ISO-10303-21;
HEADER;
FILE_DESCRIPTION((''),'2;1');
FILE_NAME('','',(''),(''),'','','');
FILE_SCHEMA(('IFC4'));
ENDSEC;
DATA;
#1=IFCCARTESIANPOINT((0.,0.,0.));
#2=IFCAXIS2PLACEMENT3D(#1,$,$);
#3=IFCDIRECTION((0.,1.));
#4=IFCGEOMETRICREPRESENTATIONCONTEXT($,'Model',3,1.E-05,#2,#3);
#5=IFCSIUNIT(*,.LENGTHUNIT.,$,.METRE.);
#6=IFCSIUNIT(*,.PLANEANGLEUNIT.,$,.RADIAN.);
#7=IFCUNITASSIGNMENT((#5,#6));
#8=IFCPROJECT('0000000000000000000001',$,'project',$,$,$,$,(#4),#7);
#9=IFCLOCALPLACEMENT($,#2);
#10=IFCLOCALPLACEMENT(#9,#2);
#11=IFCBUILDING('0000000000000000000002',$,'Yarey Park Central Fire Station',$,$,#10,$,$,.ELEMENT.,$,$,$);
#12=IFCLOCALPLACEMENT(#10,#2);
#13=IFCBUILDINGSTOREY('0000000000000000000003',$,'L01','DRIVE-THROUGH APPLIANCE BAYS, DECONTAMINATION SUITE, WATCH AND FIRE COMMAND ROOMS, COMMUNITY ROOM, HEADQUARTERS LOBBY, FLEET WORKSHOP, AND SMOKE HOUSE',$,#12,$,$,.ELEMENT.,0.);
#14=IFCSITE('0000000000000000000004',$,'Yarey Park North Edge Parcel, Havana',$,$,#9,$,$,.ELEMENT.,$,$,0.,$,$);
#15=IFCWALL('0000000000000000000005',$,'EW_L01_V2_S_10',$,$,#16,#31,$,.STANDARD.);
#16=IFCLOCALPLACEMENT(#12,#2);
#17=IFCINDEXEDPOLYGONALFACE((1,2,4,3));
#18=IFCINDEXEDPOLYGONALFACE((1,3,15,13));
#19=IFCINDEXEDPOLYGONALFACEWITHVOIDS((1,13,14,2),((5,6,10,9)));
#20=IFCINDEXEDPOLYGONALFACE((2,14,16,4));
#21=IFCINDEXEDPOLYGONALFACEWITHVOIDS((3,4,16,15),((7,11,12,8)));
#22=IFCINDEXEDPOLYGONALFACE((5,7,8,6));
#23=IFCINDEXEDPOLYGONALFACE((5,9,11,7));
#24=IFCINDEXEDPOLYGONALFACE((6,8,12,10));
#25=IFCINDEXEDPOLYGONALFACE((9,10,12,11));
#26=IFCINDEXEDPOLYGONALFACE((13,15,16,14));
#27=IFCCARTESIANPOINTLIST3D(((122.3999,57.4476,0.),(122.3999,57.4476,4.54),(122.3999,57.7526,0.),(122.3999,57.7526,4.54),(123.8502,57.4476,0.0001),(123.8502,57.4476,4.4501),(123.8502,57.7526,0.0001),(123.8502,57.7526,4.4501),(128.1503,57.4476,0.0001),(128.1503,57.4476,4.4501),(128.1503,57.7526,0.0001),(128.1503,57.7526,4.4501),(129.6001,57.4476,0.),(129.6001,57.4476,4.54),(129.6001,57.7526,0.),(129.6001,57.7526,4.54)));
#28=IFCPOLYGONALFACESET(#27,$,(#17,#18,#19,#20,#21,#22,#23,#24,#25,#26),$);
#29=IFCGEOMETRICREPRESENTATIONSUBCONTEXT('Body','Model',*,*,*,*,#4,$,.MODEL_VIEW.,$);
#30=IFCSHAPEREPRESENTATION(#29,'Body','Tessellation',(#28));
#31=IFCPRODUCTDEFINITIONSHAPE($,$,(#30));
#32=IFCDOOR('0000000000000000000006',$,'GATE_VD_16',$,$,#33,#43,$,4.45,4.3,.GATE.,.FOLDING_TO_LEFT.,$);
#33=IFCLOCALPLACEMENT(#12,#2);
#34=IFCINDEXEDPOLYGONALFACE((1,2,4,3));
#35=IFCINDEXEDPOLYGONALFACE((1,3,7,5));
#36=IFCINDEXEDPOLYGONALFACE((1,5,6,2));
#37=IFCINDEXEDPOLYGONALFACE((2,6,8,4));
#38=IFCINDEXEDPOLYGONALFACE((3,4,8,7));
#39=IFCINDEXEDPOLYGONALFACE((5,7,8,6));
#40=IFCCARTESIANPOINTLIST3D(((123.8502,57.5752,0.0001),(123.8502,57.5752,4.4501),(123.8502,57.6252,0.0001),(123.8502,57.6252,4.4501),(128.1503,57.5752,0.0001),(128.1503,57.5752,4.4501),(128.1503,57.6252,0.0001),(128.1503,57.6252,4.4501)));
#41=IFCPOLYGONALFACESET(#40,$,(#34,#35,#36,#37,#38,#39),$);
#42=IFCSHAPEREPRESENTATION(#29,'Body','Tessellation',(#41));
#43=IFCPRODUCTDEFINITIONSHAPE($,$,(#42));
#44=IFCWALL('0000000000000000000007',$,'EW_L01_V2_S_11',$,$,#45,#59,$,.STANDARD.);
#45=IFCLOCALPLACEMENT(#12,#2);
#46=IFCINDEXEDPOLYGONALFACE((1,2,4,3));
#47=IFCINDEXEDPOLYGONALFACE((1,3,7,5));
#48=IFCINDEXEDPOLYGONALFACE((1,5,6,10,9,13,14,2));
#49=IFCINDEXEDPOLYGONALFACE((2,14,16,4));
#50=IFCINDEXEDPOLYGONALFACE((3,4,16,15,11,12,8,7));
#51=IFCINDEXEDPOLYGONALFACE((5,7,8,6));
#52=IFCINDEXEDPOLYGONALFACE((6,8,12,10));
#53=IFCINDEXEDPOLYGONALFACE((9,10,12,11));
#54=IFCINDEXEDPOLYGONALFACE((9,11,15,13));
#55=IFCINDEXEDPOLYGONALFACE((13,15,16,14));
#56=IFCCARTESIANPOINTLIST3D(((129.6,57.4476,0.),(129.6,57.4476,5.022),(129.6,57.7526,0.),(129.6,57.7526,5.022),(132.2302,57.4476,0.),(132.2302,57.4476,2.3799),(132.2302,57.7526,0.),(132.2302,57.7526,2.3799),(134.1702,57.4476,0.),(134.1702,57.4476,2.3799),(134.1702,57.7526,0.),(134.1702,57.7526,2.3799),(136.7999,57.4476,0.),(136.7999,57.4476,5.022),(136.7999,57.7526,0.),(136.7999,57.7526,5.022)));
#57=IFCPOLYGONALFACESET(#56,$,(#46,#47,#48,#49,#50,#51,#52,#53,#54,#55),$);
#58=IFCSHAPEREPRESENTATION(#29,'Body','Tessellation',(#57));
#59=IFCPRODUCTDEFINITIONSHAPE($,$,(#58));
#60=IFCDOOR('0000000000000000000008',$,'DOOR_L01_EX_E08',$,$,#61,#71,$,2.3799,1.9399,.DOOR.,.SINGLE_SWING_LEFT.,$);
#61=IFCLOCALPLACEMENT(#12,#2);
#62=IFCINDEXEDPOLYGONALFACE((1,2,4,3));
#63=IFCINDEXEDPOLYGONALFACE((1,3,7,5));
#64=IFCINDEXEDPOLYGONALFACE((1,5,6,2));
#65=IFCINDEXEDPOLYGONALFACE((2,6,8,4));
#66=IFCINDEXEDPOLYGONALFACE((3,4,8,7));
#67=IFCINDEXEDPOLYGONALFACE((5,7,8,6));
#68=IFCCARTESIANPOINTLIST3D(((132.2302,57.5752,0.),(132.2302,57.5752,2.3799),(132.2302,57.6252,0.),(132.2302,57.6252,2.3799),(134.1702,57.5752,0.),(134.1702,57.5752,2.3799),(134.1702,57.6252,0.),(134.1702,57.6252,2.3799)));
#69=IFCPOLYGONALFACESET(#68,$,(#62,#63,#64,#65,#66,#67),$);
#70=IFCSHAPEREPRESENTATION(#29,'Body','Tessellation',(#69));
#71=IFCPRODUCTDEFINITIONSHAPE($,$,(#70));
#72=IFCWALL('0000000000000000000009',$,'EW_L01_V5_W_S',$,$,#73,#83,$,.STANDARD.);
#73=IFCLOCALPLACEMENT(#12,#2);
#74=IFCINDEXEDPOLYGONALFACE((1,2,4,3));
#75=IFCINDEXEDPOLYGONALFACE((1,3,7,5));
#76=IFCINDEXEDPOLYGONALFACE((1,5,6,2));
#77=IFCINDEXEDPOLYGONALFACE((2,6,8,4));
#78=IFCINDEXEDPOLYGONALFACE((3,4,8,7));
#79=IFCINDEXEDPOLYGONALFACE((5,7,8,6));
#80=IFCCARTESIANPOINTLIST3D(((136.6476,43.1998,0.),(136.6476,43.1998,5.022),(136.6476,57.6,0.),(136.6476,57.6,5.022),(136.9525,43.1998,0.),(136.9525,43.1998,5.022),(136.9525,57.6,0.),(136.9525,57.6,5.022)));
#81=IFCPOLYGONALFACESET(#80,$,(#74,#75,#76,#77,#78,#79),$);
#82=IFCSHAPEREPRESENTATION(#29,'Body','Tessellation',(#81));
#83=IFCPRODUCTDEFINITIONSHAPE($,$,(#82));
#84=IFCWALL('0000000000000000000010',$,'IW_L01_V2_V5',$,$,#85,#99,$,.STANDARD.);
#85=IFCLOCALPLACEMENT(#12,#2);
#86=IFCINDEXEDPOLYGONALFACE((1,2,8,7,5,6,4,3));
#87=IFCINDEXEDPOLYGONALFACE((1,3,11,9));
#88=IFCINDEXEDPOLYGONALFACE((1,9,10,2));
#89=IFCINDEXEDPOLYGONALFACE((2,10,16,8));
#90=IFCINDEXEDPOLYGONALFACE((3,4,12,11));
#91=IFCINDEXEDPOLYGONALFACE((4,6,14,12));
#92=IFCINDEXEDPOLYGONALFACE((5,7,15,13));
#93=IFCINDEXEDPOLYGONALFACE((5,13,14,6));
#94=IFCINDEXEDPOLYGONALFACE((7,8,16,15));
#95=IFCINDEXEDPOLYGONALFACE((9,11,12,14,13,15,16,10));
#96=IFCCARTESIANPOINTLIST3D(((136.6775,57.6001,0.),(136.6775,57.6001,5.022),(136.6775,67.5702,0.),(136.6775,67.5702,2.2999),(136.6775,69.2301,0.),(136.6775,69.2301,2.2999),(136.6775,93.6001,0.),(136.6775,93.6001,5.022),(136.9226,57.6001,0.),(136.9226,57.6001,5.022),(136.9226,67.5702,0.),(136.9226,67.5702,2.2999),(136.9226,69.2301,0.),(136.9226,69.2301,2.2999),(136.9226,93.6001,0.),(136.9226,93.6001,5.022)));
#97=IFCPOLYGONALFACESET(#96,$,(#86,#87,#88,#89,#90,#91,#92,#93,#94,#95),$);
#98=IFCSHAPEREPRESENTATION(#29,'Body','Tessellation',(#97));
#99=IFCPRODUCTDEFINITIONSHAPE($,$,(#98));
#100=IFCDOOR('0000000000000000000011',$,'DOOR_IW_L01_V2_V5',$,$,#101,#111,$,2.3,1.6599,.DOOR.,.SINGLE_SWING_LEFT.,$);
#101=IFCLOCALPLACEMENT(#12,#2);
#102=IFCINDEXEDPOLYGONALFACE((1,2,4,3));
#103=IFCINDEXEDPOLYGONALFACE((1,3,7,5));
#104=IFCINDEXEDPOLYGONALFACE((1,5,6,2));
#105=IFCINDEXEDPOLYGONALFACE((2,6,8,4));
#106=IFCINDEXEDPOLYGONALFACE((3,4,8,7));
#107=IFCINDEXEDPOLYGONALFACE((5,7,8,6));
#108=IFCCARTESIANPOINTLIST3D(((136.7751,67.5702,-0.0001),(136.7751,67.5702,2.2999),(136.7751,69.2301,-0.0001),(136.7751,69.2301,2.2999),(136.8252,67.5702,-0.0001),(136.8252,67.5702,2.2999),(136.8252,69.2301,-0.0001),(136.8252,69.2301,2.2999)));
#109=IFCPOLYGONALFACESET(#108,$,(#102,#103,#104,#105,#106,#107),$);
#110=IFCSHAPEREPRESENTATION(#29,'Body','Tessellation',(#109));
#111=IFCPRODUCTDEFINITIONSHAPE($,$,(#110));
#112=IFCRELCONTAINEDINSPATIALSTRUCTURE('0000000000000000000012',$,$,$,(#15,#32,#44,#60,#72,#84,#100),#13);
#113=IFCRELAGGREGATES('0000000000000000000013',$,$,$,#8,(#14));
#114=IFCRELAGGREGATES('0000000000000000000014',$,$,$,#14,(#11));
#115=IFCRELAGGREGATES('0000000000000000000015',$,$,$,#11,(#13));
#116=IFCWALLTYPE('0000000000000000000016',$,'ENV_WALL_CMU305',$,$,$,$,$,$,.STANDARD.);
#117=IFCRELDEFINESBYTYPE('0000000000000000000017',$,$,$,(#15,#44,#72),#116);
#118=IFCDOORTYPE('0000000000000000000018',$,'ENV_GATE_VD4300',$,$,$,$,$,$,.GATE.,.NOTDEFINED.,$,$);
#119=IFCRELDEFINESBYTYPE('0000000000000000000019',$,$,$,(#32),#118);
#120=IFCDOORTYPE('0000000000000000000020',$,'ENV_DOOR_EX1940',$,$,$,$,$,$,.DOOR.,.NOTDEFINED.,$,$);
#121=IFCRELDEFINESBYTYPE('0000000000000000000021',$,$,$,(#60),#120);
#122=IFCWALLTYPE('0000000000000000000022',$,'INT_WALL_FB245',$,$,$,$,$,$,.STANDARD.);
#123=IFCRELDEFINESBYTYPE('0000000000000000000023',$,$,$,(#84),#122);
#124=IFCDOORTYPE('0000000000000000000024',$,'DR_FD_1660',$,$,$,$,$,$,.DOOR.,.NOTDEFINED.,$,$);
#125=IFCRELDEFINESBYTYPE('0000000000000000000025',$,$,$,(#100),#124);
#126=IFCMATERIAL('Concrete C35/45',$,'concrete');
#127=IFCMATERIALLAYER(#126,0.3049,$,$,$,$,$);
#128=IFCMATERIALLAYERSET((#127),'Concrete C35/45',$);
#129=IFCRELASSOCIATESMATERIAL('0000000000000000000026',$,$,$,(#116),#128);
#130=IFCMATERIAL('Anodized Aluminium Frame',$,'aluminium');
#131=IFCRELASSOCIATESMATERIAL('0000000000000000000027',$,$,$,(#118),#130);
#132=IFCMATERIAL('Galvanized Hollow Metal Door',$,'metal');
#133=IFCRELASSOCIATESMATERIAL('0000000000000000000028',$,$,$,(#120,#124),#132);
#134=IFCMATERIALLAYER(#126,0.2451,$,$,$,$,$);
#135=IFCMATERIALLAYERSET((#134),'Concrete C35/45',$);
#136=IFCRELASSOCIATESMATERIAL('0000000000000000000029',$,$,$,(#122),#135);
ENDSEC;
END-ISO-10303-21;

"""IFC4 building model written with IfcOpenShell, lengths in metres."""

from ifc_helpers import new_model, si_unit, direction, frame, frame_2d, origin, place, context, subcontext, project, spatial, rectangle, extrude, material, layer, layer_set, type_object, element, fill, save


model = new_model("IFC4")

# Units and contexts
model_context = context("Model", 3, precision=1e-05, world=origin(), true_north=direction((0.0, 1.0)))
body_context = subcontext(model_context, "Body", "Model", "MODEL_VIEW")
ifc_project = project(units=[si_unit("LENGTHUNIT", "METRE"), si_unit("PLANEANGLEUNIT", "RADIAN")], contexts=[model_context])

# Site, building, storey
site_placement = place(None, origin())
site = spatial("IfcSite", under=ifc_project, at=site_placement, Name="Yarey Park North Edge Parcel, Havana", CompositionType="ELEMENT", RefElevation=0.0)
building_placement = place(site_placement, origin())
building = spatial("IfcBuilding", under=site, at=building_placement, Name="Yarey Park Central Fire Station", CompositionType="ELEMENT")
storey_placement = place(building_placement, origin())
storey = spatial("IfcBuildingStorey", under=building, at=storey_placement, Name="L01", Description="DRIVE-THROUGH APPLIANCE BAYS, DECONTAMINATION SUITE, WATCH AND FIRE COMMAND ROOMS, COMMUNITY ROOM, HEADQUARTERS LOBBY, FLEET WORKSHOP, AND SMOKE HOUSE", CompositionType="ELEMENT", Elevation=0.0)

# Shared definitions
ifc_material_1 = material(Name="Concrete C35/45", Category="concrete")

# Walls, openings, doors
ifc_layer_1 = layer(ifc_material_1, 0.3049)
ifc_layer_set_1 = layer_set([ifc_layer_1], Name="Concrete C35/45")
wall_type_1 = type_object("IfcWallType", Name="ENV_WALL_CMU305", PredefinedType="STANDARD", material=ifc_layer_set_1)
ifc_material_2 = material(Name="Anodized Aluminium Frame", Category="aluminium")
wall_1_placement = place(storey_placement, frame((129.6001, 57.6001, 0.0), z_axis=(0.0, 0.0, 1.0), x_axis=(-1.0, 0.0, 0.0)))
wall_1 = element("IfcWall", 1, at=wall_1_placement, inside=storey, type_object=wall_type_1, Name="EW_L01_V2_S_10", PredefinedType="STANDARD", context=body_context, shape_type="SweptSolid", body=[
    extrude(rectangle(XDim=7.2002, YDim=0.3049, at=frame_2d((3.6001, 0.0))), origin(), (0.0, 0.0, 1.0), 4.54),
])
opening_1_placement = place(wall_1_placement, frame((1.45, 0.0, 0.0)))
opening_1 = element("IfcOpeningElement", 2, at=opening_1_placement, cuts=wall_1, PredefinedType="OPENING", context=body_context, shape_type="SweptSolid", body=[
    extrude(rectangle(XDim=4.3, YDim=4.45, at=frame_2d((2.1499, 2.2251))), frame((0.0, 0.1624, 0.0), z_axis=(0.0, -1.0, 0.0), x_axis=(1.0, 0.0, 0.0)), (0.0, 0.0, 1.0), 0.325),
])
door_type_1 = type_object("IfcDoorType", Name="ENV_GATE_VD4300", OperationType="NOTDEFINED", PredefinedType="GATE", material=ifc_material_2)
door_1_placement = place(opening_1_placement, origin())
door_1 = element("IfcDoor", 3, at=door_1_placement, inside=storey, type_object=door_type_1, Name="GATE_VD_16", OperationType="FOLDING_TO_LEFT", OverallHeight=4.45, OverallWidth=4.3, PredefinedType="GATE", context=body_context, shape_type="SweptSolid", body=[
    extrude(rectangle(XDim=4.3, YDim=4.45, at=frame_2d((2.1499, 2.2251))), frame((0.0, 0.0249, 0.0), z_axis=(0.0, -1.0, 0.0), x_axis=(1.0, 0.0, 0.0)), (0.0, 0.0, 1.0), 0.05),
])
fill(opening_1, door_1)
wall_2_placement = place(storey_placement, frame((136.8, 57.6001, 0.0), z_axis=(0.0, 0.0, 1.0), x_axis=(-1.0, 0.0, 0.0)))
wall_2 = element("IfcWall", 4, at=wall_2_placement, inside=storey, type_object=wall_type_1, Name="EW_L01_V2_S_11", PredefinedType="STANDARD", context=body_context, shape_type="SweptSolid", body=[
    extrude(rectangle(XDim=7.2, YDim=0.3049, at=frame_2d((3.6001, 0.0))), origin(), (0.0, 0.0, 1.0), 5.022),
])
opening_2_placement = place(wall_2_placement, frame((2.6299, 0.0, 0.0)))
opening_2 = element("IfcOpeningElement", 5, at=opening_2_placement, cuts=wall_2, PredefinedType="OPENING", context=body_context, shape_type="SweptSolid", body=[
    extrude(rectangle(XDim=1.9399, YDim=2.3799, at=frame_2d((0.97, 1.1899))), frame((0.0, 0.1624, 0.0), z_axis=(0.0, -1.0, 0.0), x_axis=(1.0, 0.0, 0.0)), (0.0, 0.0, 1.0), 0.325),
])
ifc_material_3 = material(Name="Galvanized Hollow Metal Door", Category="metal")
door_type_2 = type_object("IfcDoorType", Name="ENV_DOOR_EX1940", OperationType="NOTDEFINED", PredefinedType="DOOR", material=ifc_material_3)
door_2_placement = place(opening_2_placement, origin())
door_2 = element("IfcDoor", 6, at=door_2_placement, inside=storey, type_object=door_type_2, Name="DOOR_L01_EX_E08", OperationType="SINGLE_SWING_LEFT", OverallHeight=2.3799, OverallWidth=1.9399, PredefinedType="DOOR", context=body_context, shape_type="SweptSolid", body=[
    extrude(rectangle(XDim=1.9399, YDim=2.3799, at=frame_2d((0.97, 1.1899))), frame((0.0, 0.0249, 0.0), z_axis=(0.0, -1.0, 0.0), x_axis=(1.0, 0.0, 0.0)), (0.0, 0.0, 1.0), 0.05),
])
fill(opening_2, door_2)

# Wall
wall_3_placement = place(storey_placement, frame((136.8, 57.6001, 0.0), z_axis=(0.0, 0.0, 1.0), x_axis=(0.0, -1.0, 0.0)))
element("IfcWall", 7, at=wall_3_placement, inside=storey, type_object=wall_type_1, Name="EW_L01_V5_W_S", PredefinedType="STANDARD", context=body_context, shape_type="SweptSolid", body=[
    extrude(rectangle(XDim=14.4001, YDim=0.3049, at=frame_2d((7.2002, 0.0))), origin(), (0.0, 0.0, 1.0), 5.022),
])

# Wall, opening, door
ifc_layer_2 = layer(ifc_material_1, 0.2451)
ifc_layer_set_2 = layer_set([ifc_layer_2], Name="Concrete C35/45")
wall_type_2 = type_object("IfcWallType", Name="INT_WALL_FB245", PredefinedType="STANDARD", material=ifc_layer_set_2)
wall_4_placement = place(storey_placement, frame((136.8, 57.6001, 0.0), z_axis=(0.0, 0.0, 1.0), x_axis=(0.0, 1.0, 0.0)))
wall_4 = element("IfcWall", 8, at=wall_4_placement, inside=storey, type_object=wall_type_2, Name="IW_L01_V2_V5", PredefinedType="STANDARD", context=body_context, shape_type="SweptSolid", body=[
    extrude(rectangle(XDim=36.0, YDim=0.2451, at=frame_2d((18.0, 0.0))), origin(), (0.0, 0.0, 1.0), 5.022),
])
opening_3_placement = place(wall_4_placement, frame((9.97, 0.0, 0.0)))
opening_3 = element("IfcOpeningElement", 9, at=opening_3_placement, cuts=wall_4, PredefinedType="OPENING", context=body_context, shape_type="SweptSolid", body=[
    extrude(rectangle(XDim=1.6599, YDim=2.3, at=frame_2d((0.8301, 1.1499))), frame((0.0, 0.1326, 0.0), z_axis=(0.0, -1.0, 0.0), x_axis=(1.0, 0.0, 0.0)), (0.0, 0.0, 1.0), 0.2651),
])
door_type_3 = type_object("IfcDoorType", Name="DR_FD_1660", OperationType="NOTDEFINED", PredefinedType="DOOR", material=ifc_material_3)
door_3_placement = place(opening_3_placement, origin())
door_3 = element("IfcDoor", 10, at=door_3_placement, inside=storey, type_object=door_type_3, Name="DOOR_IW_L01_V2_V5", OperationType="SINGLE_SWING_LEFT", OverallHeight=2.3, OverallWidth=1.6599, PredefinedType="DOOR", context=body_context, shape_type="SweptSolid", body=[
    extrude(rectangle(XDim=1.6599, YDim=2.3, at=frame_2d((0.8301, 1.1499))), frame((0.0, 0.0249, 0.0), z_axis=(0.0, -1.0, 0.0), x_axis=(1.0, 0.0, 0.0)), (0.0, 0.0, 1.0), 0.05),
])
fill(opening_3, door_3)

save(model, "model.ifc")
